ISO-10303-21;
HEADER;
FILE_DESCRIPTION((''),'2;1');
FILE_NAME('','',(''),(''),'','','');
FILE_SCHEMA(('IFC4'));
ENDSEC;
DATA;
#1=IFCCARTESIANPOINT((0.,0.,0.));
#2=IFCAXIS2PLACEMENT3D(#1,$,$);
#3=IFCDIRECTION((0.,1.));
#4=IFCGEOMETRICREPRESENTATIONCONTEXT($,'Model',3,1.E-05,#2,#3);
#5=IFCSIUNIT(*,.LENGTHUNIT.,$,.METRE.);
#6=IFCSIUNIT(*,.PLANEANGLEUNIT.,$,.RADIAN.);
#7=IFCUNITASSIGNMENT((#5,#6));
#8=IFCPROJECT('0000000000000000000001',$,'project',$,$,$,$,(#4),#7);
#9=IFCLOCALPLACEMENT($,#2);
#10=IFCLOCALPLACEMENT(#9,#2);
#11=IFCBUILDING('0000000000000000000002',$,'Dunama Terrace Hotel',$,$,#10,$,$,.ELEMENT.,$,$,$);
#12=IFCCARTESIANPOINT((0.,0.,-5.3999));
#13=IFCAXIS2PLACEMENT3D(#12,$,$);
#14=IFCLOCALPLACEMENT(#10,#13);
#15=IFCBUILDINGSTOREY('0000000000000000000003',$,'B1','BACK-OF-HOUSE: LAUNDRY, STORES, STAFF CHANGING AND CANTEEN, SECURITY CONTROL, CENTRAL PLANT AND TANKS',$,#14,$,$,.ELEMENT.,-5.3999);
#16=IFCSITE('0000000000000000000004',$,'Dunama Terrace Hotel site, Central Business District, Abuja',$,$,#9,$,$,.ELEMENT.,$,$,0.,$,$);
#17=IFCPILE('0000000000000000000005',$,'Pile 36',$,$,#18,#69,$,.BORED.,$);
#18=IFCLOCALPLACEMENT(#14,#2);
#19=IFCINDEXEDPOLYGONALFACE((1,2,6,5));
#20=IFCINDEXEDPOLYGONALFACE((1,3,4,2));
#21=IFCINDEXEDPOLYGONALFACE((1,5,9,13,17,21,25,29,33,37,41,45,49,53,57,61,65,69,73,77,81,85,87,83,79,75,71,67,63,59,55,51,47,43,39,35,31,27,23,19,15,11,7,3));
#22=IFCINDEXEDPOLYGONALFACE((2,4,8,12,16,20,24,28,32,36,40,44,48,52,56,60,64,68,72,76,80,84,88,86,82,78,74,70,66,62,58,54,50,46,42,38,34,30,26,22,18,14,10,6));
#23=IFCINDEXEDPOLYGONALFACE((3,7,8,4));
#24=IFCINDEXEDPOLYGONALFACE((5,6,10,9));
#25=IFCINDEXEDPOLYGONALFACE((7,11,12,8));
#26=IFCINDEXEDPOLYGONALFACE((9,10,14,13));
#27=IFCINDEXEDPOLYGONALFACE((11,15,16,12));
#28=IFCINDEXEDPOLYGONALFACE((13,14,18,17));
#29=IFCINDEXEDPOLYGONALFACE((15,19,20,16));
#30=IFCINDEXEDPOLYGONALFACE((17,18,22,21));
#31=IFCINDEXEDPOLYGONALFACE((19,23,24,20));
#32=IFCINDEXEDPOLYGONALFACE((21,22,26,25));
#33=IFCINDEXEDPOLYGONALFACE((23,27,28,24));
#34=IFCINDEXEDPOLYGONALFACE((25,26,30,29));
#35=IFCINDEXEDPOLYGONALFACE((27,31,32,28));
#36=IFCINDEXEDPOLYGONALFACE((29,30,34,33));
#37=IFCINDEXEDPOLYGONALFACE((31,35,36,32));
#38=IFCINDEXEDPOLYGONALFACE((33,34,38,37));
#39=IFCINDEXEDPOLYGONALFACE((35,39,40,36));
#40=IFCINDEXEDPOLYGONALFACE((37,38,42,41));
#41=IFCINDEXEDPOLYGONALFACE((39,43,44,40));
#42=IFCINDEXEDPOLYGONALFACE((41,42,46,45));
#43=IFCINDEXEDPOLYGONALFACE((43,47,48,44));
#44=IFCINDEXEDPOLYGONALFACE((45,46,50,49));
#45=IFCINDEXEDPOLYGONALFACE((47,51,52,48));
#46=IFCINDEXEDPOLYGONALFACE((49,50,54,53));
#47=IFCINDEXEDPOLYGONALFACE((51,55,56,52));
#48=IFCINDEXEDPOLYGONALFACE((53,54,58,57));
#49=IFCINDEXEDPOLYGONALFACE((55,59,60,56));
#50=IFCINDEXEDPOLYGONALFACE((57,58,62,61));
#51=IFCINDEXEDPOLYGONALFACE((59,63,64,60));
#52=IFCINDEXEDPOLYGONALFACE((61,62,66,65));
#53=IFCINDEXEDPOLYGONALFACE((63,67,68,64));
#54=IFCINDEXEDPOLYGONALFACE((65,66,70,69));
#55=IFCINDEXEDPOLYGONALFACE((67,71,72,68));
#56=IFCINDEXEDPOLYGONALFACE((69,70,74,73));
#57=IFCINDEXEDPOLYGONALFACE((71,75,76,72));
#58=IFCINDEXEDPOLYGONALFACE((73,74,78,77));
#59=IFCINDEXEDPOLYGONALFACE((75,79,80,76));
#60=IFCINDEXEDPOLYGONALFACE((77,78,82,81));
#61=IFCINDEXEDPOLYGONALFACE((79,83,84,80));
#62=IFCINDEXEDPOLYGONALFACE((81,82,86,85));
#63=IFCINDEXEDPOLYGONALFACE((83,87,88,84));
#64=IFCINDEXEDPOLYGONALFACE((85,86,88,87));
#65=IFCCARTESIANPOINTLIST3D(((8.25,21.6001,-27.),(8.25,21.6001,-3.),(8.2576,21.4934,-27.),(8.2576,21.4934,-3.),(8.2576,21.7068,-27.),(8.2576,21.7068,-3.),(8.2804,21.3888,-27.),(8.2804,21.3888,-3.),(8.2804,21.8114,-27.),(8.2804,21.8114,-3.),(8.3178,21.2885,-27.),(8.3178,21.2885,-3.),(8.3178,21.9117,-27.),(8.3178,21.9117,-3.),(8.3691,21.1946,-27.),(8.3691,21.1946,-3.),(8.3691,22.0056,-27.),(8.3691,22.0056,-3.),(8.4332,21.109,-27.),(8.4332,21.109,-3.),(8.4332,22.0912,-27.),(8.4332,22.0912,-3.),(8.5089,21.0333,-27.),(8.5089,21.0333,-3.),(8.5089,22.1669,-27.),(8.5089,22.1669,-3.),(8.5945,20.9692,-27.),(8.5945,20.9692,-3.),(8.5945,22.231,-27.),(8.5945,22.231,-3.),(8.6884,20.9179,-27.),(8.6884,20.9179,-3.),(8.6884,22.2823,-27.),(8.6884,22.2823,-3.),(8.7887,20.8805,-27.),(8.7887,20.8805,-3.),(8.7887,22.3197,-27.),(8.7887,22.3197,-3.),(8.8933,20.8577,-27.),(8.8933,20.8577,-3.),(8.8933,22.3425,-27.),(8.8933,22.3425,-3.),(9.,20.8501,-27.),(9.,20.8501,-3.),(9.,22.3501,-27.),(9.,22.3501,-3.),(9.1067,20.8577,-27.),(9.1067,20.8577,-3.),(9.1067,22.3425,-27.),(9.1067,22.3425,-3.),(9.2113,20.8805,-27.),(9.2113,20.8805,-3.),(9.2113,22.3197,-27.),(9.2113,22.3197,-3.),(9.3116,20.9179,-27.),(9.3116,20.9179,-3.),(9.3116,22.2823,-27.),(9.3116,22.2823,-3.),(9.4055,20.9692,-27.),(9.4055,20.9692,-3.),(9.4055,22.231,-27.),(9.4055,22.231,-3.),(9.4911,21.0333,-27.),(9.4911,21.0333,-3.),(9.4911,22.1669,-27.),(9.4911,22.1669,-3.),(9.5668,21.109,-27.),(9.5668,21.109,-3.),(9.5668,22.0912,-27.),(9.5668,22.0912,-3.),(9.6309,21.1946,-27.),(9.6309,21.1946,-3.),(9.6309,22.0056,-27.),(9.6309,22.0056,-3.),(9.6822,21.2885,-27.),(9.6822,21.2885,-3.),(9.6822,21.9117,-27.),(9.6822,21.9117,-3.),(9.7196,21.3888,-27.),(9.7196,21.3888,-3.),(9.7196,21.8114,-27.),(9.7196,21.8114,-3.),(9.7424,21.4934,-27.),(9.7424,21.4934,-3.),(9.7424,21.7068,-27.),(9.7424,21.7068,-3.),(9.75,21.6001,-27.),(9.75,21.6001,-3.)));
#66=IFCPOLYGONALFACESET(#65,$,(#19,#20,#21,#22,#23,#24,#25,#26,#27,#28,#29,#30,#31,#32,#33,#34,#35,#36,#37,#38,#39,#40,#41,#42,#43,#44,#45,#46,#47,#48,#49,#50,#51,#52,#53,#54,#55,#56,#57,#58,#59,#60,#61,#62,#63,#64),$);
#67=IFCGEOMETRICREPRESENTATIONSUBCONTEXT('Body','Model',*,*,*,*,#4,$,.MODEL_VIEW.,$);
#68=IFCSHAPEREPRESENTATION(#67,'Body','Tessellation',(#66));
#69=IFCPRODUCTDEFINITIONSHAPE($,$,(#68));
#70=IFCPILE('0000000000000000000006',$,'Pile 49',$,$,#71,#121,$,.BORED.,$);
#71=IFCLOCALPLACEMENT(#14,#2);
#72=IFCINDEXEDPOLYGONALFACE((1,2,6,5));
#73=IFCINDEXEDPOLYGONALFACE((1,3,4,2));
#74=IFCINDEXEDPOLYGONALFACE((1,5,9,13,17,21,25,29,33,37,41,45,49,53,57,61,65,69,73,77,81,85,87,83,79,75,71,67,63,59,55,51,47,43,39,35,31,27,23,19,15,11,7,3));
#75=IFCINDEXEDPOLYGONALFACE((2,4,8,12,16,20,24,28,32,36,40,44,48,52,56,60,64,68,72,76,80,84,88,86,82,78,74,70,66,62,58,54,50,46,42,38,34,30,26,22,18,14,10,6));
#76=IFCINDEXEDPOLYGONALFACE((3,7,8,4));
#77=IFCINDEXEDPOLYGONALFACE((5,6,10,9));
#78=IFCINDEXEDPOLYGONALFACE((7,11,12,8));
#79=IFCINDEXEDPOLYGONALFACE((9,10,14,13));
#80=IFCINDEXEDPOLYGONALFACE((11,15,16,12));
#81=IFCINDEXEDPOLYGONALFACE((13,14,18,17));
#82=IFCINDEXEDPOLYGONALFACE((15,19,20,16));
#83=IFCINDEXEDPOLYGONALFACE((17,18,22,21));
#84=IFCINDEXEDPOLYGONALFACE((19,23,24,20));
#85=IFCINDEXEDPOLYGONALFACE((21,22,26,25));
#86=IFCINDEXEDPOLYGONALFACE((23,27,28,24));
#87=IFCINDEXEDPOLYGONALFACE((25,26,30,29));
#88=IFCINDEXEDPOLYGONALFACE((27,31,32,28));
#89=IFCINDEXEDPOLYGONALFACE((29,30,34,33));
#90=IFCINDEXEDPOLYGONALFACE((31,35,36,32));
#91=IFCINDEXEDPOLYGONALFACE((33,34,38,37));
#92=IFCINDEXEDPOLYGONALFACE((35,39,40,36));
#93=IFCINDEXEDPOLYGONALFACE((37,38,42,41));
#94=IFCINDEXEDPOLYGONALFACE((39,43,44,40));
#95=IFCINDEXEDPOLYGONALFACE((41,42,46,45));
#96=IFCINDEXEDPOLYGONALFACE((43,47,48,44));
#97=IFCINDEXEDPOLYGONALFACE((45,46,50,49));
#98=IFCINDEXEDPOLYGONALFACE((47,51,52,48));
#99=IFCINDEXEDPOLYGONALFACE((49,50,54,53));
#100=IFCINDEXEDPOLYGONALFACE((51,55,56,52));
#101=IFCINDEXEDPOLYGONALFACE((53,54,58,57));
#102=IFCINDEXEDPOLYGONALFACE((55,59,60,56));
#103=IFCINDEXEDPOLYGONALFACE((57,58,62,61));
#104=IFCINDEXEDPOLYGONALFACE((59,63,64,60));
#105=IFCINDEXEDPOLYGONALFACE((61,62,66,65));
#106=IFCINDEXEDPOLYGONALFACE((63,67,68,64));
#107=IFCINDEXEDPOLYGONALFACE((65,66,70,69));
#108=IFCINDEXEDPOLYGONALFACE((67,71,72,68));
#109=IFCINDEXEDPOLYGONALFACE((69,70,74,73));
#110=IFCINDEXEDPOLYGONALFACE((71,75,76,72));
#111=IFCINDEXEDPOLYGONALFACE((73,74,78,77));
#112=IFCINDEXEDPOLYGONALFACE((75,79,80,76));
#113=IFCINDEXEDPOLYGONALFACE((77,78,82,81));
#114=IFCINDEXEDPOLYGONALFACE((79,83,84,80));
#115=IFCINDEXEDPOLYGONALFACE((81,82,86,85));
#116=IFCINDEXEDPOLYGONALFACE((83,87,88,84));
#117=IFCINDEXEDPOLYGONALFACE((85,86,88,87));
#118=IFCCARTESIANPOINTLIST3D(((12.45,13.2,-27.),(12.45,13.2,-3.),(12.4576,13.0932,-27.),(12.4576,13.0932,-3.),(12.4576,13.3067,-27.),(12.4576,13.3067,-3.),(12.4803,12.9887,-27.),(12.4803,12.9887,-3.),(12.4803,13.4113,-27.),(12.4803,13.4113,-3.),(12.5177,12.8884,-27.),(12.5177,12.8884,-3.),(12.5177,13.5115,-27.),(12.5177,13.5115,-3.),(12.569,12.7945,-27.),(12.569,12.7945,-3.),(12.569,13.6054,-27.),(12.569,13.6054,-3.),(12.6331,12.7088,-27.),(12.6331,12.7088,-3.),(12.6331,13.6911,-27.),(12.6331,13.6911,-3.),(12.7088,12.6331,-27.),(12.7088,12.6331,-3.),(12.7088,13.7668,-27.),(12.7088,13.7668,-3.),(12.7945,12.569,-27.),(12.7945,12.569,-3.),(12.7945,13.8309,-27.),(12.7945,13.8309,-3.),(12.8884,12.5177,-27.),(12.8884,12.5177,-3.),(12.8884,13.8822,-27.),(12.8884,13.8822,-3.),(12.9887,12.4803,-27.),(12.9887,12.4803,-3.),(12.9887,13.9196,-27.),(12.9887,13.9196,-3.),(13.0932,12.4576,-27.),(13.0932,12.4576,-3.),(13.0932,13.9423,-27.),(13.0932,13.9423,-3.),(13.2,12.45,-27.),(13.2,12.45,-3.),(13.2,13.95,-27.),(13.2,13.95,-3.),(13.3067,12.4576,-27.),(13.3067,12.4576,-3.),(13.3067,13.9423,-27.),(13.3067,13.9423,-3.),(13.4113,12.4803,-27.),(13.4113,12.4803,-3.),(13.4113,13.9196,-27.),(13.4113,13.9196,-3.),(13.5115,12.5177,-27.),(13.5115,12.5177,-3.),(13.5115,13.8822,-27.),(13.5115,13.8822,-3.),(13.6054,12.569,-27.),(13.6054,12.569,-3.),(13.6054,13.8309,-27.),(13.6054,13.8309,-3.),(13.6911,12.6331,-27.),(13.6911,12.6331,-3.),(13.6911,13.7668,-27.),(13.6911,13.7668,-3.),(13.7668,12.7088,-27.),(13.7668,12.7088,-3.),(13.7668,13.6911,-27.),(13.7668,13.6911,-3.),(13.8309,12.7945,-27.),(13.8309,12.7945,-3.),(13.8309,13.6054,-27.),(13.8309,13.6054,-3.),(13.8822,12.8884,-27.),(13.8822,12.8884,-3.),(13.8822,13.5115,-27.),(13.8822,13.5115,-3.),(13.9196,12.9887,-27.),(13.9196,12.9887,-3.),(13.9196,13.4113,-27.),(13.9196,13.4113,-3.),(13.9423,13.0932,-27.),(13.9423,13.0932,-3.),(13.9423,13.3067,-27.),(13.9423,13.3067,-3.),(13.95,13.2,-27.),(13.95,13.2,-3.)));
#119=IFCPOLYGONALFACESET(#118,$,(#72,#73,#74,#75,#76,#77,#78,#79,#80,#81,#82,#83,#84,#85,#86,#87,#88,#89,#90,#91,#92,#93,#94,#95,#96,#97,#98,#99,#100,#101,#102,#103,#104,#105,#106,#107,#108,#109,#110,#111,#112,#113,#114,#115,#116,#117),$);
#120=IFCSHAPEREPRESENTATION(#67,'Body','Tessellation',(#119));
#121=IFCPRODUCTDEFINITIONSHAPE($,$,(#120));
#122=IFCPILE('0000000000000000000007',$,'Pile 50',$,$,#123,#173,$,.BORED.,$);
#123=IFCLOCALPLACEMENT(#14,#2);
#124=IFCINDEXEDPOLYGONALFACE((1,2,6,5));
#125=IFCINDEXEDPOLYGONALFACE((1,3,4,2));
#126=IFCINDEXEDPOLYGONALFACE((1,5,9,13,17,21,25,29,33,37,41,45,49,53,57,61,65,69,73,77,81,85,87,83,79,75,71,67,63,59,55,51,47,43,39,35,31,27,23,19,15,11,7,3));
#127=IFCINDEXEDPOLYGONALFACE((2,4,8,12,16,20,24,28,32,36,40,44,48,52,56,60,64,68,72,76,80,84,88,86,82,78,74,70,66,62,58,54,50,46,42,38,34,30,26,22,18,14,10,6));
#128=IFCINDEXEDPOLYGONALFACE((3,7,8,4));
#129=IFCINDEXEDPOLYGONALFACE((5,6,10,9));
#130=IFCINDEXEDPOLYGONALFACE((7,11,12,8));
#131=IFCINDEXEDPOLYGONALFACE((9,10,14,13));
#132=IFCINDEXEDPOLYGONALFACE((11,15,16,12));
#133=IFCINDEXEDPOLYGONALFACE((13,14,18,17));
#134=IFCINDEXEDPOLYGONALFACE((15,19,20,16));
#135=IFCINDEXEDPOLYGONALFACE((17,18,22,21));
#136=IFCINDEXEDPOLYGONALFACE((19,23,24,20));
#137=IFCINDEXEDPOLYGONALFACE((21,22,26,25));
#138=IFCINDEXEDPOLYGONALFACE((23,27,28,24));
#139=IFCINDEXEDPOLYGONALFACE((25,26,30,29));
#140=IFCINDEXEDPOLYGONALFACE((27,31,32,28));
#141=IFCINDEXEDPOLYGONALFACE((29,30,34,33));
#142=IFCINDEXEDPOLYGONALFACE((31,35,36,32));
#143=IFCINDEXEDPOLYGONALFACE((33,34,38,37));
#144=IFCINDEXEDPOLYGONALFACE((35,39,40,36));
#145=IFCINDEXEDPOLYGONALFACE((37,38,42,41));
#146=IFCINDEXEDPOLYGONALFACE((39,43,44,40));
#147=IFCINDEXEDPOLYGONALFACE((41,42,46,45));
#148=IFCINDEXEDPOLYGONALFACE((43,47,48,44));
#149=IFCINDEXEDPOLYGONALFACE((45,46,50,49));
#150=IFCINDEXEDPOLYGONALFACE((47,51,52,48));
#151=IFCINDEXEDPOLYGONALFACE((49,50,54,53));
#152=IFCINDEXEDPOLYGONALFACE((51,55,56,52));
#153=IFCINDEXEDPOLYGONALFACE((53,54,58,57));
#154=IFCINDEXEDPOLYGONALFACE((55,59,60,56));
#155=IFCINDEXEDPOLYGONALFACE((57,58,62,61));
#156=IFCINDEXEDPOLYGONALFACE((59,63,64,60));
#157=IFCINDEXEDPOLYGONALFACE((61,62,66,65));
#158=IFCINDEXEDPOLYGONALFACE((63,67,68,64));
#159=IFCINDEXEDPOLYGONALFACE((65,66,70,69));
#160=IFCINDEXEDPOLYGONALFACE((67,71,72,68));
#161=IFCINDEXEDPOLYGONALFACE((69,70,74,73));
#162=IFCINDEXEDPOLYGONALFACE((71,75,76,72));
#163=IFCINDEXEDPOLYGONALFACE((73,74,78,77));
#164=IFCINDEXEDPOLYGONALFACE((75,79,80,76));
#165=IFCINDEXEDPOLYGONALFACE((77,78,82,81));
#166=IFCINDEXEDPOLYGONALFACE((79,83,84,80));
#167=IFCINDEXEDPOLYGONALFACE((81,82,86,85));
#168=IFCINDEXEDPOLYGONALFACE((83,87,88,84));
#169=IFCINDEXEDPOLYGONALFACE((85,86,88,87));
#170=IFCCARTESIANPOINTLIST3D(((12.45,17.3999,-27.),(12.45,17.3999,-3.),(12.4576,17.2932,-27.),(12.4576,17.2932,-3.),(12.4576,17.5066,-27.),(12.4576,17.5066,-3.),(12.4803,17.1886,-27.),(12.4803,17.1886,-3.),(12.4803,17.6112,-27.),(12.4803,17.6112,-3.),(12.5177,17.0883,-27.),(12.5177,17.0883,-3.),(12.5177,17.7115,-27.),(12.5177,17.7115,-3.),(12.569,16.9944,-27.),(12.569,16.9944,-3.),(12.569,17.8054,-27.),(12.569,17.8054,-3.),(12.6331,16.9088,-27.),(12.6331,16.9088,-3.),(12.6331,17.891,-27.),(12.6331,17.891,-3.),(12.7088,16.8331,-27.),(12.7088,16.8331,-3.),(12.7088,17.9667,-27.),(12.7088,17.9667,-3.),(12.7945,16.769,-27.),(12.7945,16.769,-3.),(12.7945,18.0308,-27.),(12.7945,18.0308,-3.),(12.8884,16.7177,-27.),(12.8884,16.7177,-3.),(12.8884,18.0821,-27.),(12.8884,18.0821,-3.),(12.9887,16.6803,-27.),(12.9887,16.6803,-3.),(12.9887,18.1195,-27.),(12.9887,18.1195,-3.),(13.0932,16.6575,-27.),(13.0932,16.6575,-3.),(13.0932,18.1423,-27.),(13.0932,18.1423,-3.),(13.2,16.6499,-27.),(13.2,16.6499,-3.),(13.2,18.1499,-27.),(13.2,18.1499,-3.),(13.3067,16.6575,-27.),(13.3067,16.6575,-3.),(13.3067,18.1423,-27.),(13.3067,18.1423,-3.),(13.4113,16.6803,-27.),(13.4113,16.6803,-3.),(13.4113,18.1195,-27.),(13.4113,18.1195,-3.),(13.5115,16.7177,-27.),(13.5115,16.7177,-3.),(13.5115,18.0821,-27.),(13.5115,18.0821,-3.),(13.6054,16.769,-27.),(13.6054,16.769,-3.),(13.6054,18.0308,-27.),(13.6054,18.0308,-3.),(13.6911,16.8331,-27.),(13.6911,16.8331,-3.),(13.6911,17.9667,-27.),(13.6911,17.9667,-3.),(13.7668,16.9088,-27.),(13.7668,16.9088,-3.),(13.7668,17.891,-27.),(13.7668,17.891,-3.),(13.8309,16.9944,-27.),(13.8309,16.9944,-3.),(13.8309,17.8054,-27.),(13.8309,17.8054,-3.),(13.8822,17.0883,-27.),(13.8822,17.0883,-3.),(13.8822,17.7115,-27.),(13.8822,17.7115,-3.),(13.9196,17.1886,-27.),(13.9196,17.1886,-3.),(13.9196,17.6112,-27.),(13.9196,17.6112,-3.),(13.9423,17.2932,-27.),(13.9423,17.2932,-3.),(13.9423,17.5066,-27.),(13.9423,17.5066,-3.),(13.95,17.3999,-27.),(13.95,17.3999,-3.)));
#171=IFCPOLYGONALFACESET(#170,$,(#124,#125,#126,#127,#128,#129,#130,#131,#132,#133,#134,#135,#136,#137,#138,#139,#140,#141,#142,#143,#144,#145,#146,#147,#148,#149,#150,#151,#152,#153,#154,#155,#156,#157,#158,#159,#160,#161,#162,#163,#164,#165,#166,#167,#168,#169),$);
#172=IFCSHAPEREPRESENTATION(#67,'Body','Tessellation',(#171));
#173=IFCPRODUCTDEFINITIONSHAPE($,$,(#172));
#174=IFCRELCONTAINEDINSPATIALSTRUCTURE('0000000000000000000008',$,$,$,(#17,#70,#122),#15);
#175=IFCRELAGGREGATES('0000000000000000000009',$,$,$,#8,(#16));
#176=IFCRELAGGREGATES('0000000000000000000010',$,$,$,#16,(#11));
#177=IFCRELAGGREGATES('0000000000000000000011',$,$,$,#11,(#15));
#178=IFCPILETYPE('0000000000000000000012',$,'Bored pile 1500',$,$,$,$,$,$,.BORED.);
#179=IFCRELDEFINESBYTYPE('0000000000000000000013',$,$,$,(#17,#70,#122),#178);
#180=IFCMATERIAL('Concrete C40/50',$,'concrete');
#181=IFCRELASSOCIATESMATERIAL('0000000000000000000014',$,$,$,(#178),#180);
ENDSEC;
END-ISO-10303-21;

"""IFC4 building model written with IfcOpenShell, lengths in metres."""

from ifc_helpers import new_model, si_unit, direction, frame, origin, origin_2d, place, context, subcontext, project, spatial, circle, extrude, material, material_profile, profile_set, type_object, element, save


model = new_model("IFC4")

# Units and contexts
model_context = context("Model", 3, precision=1e-05, world=origin(), true_north=direction((0.0, 1.0)))
body_context = subcontext(model_context, "Body", "Model", "MODEL_VIEW")
ifc_project = project(units=[si_unit("LENGTHUNIT", "METRE"), si_unit("PLANEANGLEUNIT", "RADIAN")], contexts=[model_context])

# Site, building, storey
site_placement = place(None, origin())
site = spatial("IfcSite", under=ifc_project, at=site_placement, Name="Dunama Terrace Hotel site, Central Business District, Abuja", CompositionType="ELEMENT", RefElevation=0.0)
building_placement = place(site_placement, origin())
building = spatial("IfcBuilding", under=site, at=building_placement, Name="Dunama Terrace Hotel", CompositionType="ELEMENT")
storey_placement = place(building_placement, frame((0.0, 0.0, -5.3999)))
storey = spatial("IfcBuildingStorey", under=building, at=storey_placement, Name="B1", Description="BACK-OF-HOUSE: LAUNDRY, STORES, STAFF CHANGING AND CANTEEN, SECURITY CONTROL, CENTRAL PLANT AND TANKS", CompositionType="ELEMENT", Elevation=-5.3999)

# Piles
ifc_material_1 = material(Name="Concrete C40/50", Category="concrete")
ifc_material_profile_1 = material_profile(ifc_material_1, circle(Radius=0.75, at=origin_2d()), Name="PILE D1500")
ifc_profile_set_1 = profile_set([ifc_material_profile_1], Name="Concrete C40/50")
pile_type = type_object("IfcPileType", Name="Bored pile 1500", PredefinedType="BORED", material=ifc_profile_set_1)
for number, where, z_axis, x_axis, name in (
    (1, (9.0, 21.6001, -3.0), (0.0, 0.0, -1.0), (1.0, 0.0, 0.0), "Pile 36"),
    (2, (13.2, 13.2, -3.0), (0.0, 0.0, -1.0), (1.0, 0.0, 0.0), "Pile 49"),
    (3, (13.2, 17.3999, -3.0), (0.0, 0.0, -1.0), (1.0, 0.0, 0.0), "Pile 50"),
):
    element("IfcPile", number, at=place(storey_placement, frame(where, z_axis=z_axis, x_axis=x_axis)), inside=storey, type_object=pile_type, Name=name, PredefinedType="BORED", context=body_context, shape_type="SweptSolid", body=[
        extrude(circle(Radius=0.75, at=origin_2d()), origin(), (0.0, 0.0, 1.0), 24.0),
    ])

save(model, "model.ifc")
